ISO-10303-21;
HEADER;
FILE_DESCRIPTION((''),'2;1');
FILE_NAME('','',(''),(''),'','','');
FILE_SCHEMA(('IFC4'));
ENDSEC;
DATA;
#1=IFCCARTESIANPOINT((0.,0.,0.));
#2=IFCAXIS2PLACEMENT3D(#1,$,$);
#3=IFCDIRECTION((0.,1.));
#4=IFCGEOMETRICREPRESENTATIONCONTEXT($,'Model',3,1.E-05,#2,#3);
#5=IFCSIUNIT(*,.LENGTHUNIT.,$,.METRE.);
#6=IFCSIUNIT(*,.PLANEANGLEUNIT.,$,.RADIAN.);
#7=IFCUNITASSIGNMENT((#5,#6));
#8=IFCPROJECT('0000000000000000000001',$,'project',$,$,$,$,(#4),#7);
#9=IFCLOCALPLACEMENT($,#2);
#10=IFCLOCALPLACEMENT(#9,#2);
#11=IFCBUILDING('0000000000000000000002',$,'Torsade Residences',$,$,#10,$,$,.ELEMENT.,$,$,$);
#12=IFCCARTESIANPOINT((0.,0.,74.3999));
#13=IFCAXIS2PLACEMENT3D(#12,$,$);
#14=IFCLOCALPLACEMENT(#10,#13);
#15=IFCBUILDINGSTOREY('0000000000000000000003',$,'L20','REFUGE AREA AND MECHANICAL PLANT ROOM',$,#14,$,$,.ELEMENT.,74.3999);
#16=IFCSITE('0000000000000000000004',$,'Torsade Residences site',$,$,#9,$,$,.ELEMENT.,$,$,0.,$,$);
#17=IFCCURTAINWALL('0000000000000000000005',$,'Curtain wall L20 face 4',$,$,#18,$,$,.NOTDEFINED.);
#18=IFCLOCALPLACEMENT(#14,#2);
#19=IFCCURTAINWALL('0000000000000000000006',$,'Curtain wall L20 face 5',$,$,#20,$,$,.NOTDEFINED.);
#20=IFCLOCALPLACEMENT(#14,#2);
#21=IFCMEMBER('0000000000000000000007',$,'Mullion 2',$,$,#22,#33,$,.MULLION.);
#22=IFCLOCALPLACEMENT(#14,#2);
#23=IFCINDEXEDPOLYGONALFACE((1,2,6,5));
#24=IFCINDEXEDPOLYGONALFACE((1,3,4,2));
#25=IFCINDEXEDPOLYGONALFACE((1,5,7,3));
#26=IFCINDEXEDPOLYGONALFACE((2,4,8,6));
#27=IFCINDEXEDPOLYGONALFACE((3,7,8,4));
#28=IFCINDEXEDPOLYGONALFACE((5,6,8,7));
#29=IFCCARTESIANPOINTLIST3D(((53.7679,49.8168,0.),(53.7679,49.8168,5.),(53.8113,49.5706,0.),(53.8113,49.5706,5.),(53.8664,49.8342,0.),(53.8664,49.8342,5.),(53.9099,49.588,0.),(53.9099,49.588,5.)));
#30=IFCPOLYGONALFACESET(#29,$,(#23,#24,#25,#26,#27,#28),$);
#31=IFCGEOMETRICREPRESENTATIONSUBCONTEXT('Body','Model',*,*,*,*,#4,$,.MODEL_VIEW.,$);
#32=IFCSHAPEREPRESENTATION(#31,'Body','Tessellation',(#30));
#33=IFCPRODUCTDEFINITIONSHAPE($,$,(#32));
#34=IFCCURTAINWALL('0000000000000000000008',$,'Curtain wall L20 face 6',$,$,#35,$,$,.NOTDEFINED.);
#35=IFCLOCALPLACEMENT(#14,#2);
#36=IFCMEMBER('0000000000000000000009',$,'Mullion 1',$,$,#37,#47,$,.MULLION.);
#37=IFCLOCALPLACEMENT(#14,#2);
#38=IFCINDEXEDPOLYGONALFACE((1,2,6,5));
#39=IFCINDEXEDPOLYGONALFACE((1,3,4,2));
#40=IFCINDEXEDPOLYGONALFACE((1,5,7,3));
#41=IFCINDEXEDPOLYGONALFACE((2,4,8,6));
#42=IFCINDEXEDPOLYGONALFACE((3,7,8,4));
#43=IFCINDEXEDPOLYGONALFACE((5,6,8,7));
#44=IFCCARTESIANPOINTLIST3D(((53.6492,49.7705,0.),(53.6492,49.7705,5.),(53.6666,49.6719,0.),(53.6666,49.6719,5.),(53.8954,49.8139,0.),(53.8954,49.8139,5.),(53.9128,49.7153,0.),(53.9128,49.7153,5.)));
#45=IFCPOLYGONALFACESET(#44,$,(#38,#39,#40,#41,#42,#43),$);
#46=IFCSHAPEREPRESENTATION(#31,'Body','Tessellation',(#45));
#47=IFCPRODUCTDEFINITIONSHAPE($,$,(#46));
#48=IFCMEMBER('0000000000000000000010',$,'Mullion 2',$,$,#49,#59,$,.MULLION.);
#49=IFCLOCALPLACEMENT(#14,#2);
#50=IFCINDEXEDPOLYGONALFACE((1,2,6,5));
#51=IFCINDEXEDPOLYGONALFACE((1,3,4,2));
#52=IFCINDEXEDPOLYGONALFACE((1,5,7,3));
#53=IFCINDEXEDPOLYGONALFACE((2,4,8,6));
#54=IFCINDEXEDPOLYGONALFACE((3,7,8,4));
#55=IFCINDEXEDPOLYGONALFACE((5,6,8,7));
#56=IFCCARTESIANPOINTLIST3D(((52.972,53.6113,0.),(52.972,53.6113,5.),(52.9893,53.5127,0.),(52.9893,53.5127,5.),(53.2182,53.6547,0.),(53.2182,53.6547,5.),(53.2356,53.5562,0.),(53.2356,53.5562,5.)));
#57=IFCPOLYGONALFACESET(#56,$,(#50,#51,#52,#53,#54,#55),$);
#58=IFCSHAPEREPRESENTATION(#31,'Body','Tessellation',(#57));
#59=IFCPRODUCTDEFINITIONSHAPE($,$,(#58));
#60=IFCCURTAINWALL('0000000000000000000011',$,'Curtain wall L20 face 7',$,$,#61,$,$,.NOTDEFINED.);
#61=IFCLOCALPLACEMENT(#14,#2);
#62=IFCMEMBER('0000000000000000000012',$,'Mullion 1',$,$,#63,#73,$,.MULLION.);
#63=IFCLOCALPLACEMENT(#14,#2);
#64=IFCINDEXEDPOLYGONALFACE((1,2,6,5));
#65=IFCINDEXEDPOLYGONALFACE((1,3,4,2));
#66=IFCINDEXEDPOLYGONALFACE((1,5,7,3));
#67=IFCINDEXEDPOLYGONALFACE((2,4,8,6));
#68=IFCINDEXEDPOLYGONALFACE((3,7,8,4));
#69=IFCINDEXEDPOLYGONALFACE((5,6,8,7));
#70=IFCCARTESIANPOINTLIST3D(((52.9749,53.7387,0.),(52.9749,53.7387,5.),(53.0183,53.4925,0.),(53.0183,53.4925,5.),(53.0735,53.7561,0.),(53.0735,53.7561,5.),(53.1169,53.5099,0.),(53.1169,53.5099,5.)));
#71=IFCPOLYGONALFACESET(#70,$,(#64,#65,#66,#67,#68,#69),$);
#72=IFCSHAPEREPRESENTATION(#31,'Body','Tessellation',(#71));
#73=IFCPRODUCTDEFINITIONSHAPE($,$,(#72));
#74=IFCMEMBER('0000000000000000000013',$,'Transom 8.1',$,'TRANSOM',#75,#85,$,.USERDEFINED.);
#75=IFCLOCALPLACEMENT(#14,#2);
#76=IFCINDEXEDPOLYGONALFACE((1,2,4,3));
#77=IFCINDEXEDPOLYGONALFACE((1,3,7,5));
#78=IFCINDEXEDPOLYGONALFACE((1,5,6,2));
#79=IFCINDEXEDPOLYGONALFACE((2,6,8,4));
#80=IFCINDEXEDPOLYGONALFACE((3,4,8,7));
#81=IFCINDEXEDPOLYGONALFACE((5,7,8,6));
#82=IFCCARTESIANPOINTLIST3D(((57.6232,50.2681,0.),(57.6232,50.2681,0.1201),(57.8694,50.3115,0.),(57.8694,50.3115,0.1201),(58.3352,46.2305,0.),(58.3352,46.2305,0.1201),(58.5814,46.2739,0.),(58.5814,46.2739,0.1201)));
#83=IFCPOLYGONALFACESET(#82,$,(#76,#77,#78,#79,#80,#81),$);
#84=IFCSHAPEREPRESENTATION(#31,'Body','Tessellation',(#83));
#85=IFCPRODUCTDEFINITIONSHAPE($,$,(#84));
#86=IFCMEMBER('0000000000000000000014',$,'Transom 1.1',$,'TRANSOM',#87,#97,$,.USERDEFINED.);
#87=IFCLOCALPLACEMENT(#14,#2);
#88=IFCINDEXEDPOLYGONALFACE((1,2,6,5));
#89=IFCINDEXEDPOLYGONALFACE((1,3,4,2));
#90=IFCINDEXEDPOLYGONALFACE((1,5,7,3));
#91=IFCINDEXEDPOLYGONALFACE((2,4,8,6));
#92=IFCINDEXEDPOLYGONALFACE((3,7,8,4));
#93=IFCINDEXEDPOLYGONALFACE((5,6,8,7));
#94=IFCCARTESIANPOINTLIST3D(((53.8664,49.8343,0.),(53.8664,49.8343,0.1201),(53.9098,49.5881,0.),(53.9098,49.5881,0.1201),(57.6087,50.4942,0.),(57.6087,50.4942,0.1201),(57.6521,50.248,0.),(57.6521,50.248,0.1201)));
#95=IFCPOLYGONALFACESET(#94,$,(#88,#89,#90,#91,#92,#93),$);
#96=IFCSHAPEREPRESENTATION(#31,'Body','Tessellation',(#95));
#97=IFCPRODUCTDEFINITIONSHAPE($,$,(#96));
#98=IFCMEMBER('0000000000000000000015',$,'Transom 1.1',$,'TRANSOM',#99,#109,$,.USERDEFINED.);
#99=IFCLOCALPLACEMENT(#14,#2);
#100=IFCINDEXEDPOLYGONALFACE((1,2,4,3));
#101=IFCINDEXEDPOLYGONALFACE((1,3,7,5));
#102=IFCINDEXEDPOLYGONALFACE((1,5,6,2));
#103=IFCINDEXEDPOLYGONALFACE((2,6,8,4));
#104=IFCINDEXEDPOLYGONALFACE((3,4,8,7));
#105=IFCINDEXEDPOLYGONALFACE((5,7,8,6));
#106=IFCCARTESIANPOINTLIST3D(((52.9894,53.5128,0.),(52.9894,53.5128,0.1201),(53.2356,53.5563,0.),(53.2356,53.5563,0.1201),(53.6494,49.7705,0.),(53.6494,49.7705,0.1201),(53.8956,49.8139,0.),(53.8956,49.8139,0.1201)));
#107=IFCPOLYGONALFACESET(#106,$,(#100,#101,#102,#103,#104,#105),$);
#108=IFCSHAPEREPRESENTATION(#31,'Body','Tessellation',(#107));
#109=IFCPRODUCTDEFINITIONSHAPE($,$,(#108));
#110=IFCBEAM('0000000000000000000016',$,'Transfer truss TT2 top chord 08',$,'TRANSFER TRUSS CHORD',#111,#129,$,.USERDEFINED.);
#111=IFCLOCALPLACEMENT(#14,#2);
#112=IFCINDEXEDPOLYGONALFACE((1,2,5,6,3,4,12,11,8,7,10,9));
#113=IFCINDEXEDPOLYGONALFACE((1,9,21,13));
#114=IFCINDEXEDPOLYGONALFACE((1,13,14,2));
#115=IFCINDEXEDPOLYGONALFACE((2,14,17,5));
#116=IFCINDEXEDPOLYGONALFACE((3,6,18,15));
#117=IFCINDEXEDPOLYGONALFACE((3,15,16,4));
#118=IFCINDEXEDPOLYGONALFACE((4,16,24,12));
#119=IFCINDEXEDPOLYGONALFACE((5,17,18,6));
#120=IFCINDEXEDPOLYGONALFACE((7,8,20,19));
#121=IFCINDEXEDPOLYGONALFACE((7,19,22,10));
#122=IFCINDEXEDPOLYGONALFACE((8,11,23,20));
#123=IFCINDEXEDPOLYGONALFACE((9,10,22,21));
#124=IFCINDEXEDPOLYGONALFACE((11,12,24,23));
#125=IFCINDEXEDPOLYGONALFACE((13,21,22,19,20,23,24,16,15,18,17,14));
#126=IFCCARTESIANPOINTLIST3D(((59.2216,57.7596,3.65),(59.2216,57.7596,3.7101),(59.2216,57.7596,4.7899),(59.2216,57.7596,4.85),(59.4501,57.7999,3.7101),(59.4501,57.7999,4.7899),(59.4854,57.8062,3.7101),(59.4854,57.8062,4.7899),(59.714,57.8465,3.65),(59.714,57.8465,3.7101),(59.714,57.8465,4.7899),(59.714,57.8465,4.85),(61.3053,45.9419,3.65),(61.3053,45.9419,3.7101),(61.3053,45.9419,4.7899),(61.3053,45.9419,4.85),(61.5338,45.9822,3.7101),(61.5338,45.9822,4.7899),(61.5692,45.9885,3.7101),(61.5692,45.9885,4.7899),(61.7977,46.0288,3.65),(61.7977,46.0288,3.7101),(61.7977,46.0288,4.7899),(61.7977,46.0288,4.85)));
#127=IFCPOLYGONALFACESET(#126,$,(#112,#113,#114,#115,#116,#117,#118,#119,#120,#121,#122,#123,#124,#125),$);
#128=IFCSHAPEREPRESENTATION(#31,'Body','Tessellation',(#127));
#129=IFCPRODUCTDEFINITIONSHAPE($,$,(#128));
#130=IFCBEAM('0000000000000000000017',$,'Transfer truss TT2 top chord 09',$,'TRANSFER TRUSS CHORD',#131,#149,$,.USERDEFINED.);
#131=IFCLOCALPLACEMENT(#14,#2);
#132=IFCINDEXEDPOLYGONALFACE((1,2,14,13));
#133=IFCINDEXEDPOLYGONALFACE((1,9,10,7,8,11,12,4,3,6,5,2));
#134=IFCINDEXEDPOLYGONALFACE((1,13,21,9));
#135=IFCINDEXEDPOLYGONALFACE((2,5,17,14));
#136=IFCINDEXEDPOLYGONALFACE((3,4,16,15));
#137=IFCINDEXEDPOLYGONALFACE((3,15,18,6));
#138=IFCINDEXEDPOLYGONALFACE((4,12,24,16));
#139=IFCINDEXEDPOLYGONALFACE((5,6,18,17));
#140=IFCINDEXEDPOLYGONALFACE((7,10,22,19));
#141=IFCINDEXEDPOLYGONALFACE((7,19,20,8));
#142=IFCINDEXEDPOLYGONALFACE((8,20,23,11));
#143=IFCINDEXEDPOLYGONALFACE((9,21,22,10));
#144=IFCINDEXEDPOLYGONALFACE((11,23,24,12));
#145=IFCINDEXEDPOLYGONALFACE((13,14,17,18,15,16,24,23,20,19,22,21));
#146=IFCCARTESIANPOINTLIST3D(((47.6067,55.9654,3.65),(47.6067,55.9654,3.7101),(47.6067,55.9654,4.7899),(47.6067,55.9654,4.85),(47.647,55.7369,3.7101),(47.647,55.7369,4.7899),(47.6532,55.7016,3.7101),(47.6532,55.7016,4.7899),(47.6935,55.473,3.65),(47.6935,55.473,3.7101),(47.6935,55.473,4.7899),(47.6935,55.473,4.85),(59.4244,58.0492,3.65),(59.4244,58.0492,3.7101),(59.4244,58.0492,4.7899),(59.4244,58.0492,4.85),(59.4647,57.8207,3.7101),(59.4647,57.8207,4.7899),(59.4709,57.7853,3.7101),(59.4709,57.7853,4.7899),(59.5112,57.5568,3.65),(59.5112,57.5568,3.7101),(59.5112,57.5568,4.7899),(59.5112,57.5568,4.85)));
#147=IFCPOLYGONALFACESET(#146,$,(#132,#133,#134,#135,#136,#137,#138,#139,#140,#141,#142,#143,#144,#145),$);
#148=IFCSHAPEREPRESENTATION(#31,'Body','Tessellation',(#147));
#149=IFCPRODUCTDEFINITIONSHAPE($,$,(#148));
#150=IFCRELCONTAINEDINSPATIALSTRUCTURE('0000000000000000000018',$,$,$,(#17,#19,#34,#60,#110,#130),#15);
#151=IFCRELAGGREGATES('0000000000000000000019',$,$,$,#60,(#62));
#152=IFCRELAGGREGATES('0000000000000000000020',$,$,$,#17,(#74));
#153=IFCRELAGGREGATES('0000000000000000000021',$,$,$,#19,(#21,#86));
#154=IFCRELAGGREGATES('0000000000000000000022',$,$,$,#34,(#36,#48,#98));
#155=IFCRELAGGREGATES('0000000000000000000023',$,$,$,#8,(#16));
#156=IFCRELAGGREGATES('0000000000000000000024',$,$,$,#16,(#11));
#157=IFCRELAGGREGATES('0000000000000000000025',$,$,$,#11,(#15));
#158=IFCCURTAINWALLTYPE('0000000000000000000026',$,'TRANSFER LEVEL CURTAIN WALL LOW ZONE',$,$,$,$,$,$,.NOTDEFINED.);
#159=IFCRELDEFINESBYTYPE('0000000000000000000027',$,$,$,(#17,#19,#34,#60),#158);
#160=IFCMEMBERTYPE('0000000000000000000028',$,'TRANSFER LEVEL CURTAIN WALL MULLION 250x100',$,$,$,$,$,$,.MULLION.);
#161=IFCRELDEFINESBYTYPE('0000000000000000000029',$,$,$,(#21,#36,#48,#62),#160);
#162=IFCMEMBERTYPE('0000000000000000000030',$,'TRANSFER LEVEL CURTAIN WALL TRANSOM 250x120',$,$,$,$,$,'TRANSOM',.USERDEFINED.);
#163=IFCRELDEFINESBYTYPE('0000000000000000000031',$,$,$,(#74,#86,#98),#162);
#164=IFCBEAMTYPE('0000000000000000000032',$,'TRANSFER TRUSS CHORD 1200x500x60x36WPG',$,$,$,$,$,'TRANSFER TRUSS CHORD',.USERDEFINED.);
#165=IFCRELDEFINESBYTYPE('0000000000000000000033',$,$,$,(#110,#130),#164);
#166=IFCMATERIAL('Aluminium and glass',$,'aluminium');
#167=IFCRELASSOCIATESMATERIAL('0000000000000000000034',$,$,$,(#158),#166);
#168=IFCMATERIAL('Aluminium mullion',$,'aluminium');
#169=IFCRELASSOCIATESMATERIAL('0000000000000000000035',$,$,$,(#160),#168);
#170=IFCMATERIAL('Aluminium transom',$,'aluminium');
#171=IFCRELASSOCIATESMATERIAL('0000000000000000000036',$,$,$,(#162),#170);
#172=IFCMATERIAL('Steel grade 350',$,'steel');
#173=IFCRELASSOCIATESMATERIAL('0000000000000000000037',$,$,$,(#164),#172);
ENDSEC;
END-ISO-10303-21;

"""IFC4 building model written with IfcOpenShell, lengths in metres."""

from ifc_helpers import new_model, si_unit, direction, frame, origin, origin_2d, place, context, subcontext, project, spatial, rectangle, i_section, extrude, material, material_profile, profile_set, type_object, element, aggregate, save


model = new_model("IFC4")

# Units and contexts
model_context = context("Model", 3, precision=1e-05, world=origin(), true_north=direction((0.0, 1.0)))
body_context = subcontext(model_context, "Body", "Model", "MODEL_VIEW")
ifc_project = project(units=[si_unit("LENGTHUNIT", "METRE"), si_unit("PLANEANGLEUNIT", "RADIAN")], contexts=[model_context])

# Site, building, storey
site_placement = place(None, origin())
site = spatial("IfcSite", under=ifc_project, at=site_placement, Name="Torsade Residences site", CompositionType="ELEMENT", RefElevation=0.0)
building_placement = place(site_placement, origin())
building = spatial("IfcBuilding", under=site, at=building_placement, Name="Torsade Residences", CompositionType="ELEMENT")
storey_placement = place(building_placement, frame((0.0, 0.0, 74.3999)))
storey = spatial("IfcBuildingStorey", under=building, at=storey_placement, Name="L20", Description="REFUGE AREA AND MECHANICAL PLANT ROOM", CompositionType="ELEMENT", Elevation=74.3999)

# Curtain walls, members
ifc_material_1 = material(Name="Aluminium and glass", Category="aluminium")
curtain_wall_type = type_object("IfcCurtainWallType", Name="TRANSFER LEVEL CURTAIN WALL LOW ZONE", PredefinedType="NOTDEFINED", material=ifc_material_1)
curtain_wall_1_placement = place(storey_placement, origin())
curtain_wall_1 = element("IfcCurtainWall", 1, at=curtain_wall_1_placement, inside=storey, type_object=curtain_wall_type, Name="Curtain wall L20 face 4", PredefinedType="NOTDEFINED")
ifc_material_2 = material(Name="Aluminium mullion", Category="aluminium")
ifc_material_profile_1 = material_profile(ifc_material_2, rectangle(XDim=0.25, YDim=0.1001, at=origin_2d()), Name="TRANSFER LEVEL CURTAIN WALL MULLION 250x100")
ifc_profile_set_1 = profile_set([ifc_material_profile_1], Name="Aluminium mullion")
member_type_1 = type_object("IfcMemberType", Name="TRANSFER LEVEL CURTAIN WALL MULLION 250x100", PredefinedType="MULLION", material=ifc_profile_set_1)
curtain_wall_2_placement = place(storey_placement, origin())
curtain_wall_2 = element("IfcCurtainWall", 2, at=curtain_wall_2_placement, inside=storey, type_object=curtain_wall_type, Name="Curtain wall L20 face 5", PredefinedType="NOTDEFINED")
member_1_placement = place(storey_placement, frame((53.8389, 49.7024, 0.0), z_axis=(0.0, 0.0, 1.0), x_axis=(0.173648, -0.984808, 0.0)))
member_1 = element("IfcMember", 3, at=member_1_placement, type_object=member_type_1, Name="Mullion 2", PredefinedType="MULLION", context=body_context, shape_type="SweptSolid", body=[
    extrude(rectangle(XDim=0.25, YDim=0.1001, at=origin_2d()), origin(), (0.0, 0.0, 1.0), 5.0),
])
curtain_wall_3_placement = place(storey_placement, origin())
curtain_wall_3 = element("IfcCurtainWall", 4, at=curtain_wall_3_placement, inside=storey, type_object=curtain_wall_type, Name="Curtain wall L20 face 6", PredefinedType="NOTDEFINED")
member_2_placement = place(storey_placement, frame((53.781, 49.7429, 0.0), z_axis=(0.0, 0.0, 1.0), x_axis=(-0.984808, -0.173648, 0.0)))
member_2 = element("IfcMember", 5, at=member_2_placement, type_object=member_type_1, Name="Mullion 1", PredefinedType="MULLION", context=body_context, shape_type="SweptSolid", body=[
    extrude(rectangle(XDim=0.25, YDim=0.1001, at=origin_2d()), origin(), (0.0, 0.0, 1.0), 5.0),
])
member_3_placement = place(storey_placement, frame((53.1038, 53.5837, 0.0), z_axis=(0.0, 0.0, 1.0), x_axis=(-0.984808, -0.173648, 0.0)))
member_3 = element("IfcMember", 6, at=member_3_placement, type_object=member_type_1, Name="Mullion 2", PredefinedType="MULLION", context=body_context, shape_type="SweptSolid", body=[
    extrude(rectangle(XDim=0.25, YDim=0.1001, at=origin_2d()), origin(), (0.0, 0.0, 1.0), 5.0),
])

# Curtain wall, member
curtain_wall_4_placement = place(storey_placement, origin())
curtain_wall_4 = element("IfcCurtainWall", 7, at=curtain_wall_4_placement, inside=storey, type_object=curtain_wall_type, Name="Curtain wall L20 face 7", PredefinedType="NOTDEFINED")
member_4_placement = place(storey_placement, frame((53.0459, 53.6243, 0.0), z_axis=(0.0, 0.0, 1.0), x_axis=(0.173648, -0.984808, 0.0)))
member_4 = element("IfcMember", 8, at=member_4_placement, type_object=member_type_1, Name="Mullion 1", PredefinedType="MULLION", context=body_context, shape_type="SweptSolid", body=[
    extrude(rectangle(XDim=0.25, YDim=0.1001, at=origin_2d()), origin(), (0.0, 0.0, 1.0), 5.0),
])
aggregate(curtain_wall_4, [member_4])

# Members
ifc_material_3 = material(Name="Aluminium transom", Category="aluminium")
ifc_material_profile_2 = material_profile(ifc_material_3, rectangle(XDim=0.25, YDim=0.1201, at=origin_2d()), Name="TRANSFER LEVEL CURTAIN WALL TRANSOM 250x120")
ifc_profile_set_2 = profile_set([ifc_material_profile_2], Name="Aluminium transom")
member_type_2 = type_object("IfcMemberType", Name="TRANSFER LEVEL CURTAIN WALL TRANSOM 250x120", ElementType="TRANSOM", PredefinedType="USERDEFINED", material=ifc_profile_set_2)
member_5_placement = place(storey_placement, frame((58.4583, 46.2522, 0.0601), z_axis=(-0.173643, 0.984809, 0.0), x_axis=(-0.984809, -0.173643, 0.0)))
member_5 = element("IfcMember", 9, at=member_5_placement, type_object=member_type_2, Name="Transom 8.1", ObjectType="TRANSOM", PredefinedType="USERDEFINED", context=body_context, shape_type="SweptSolid", body=[
    extrude(rectangle(XDim=0.25, YDim=0.1201, at=origin_2d()), origin(), (0.0, 0.0, 1.0), 4.0999),
])
member_6_placement = place(storey_placement, frame((57.6304, 50.3711, 0.0601), z_axis=(-0.984805, -0.173664, 0.0), x_axis=(0.173664, -0.984805, 0.0)))
member_6 = element("IfcMember", 10, at=member_6_placement, type_object=member_type_2, Name="Transom 1.1", ObjectType="TRANSOM", PredefinedType="USERDEFINED", context=body_context, shape_type="SweptSolid", body=[
    extrude(rectangle(XDim=0.25, YDim=0.1201, at=origin_2d()), origin(), (0.0, 0.0, 1.0), 3.8),
])
member_7_placement = place(storey_placement, frame((53.7725, 49.7922, 0.0601), z_axis=(-0.173664, 0.984805, 0.0), x_axis=(-0.984805, -0.173664, 0.0)))
member_7 = element("IfcMember", 11, at=member_7_placement, type_object=member_type_2, Name="Transom 1.1", ObjectType="TRANSOM", PredefinedType="USERDEFINED", context=body_context, shape_type="SweptSolid", body=[
    extrude(rectangle(XDim=0.25, YDim=0.1201, at=origin_2d()), origin(), (0.0, 0.0, 1.0), 3.8),
])

# Beams
ifc_material_4 = material(Name="Steel grade 350", Category="steel")
ifc_material_profile_3 = material_profile(ifc_material_4, i_section(OverallWidth=0.5, OverallDepth=1.2, WebThickness=0.0359, FlangeThickness=0.0601, at=origin_2d()), Name="1200x500x60x36WPG")
ifc_profile_set_3 = profile_set([ifc_material_profile_3], Name="Steel grade 350")
beam_type_1 = type_object("IfcBeamType", Name="TRANSFER TRUSS CHORD 1200x500x60x36WPG", ElementType="TRANSFER TRUSS CHORD", PredefinedType="USERDEFINED", material=ifc_profile_set_3)
for number, where, z_axis, x_axis, name in (
    (12, (61.5515, 45.9854, 4.25), (-0.173646, 0.984808, 0.0), (-0.984808, -0.173646, 0.0), "Transfer truss TT2 top chord 08"),
    (13, (59.4678, 57.803, 4.25), (-0.984808, -0.173646, 0.0), (0.173646, -0.984808, 0.0), "Transfer truss TT2 top chord 09"),
):
    element("IfcBeam", number, at=place(storey_placement, frame(where, z_axis=z_axis, x_axis=x_axis)), inside=storey, type_object=beam_type_1, Name=name, ObjectType="TRANSFER TRUSS CHORD", PredefinedType="USERDEFINED", context=body_context, shape_type="SweptSolid", body=[
        extrude(i_section(OverallWidth=0.5, OverallDepth=1.2, WebThickness=0.0359, FlangeThickness=0.0601, at=origin_2d()), origin(), (0.0, 0.0, 1.0), 12.0),
    ])

aggregate(curtain_wall_1, [member_5])
aggregate(curtain_wall_2, [member_1, member_6])
aggregate(curtain_wall_3, [member_2, member_3, member_7])

save(model, "model.ifc")
